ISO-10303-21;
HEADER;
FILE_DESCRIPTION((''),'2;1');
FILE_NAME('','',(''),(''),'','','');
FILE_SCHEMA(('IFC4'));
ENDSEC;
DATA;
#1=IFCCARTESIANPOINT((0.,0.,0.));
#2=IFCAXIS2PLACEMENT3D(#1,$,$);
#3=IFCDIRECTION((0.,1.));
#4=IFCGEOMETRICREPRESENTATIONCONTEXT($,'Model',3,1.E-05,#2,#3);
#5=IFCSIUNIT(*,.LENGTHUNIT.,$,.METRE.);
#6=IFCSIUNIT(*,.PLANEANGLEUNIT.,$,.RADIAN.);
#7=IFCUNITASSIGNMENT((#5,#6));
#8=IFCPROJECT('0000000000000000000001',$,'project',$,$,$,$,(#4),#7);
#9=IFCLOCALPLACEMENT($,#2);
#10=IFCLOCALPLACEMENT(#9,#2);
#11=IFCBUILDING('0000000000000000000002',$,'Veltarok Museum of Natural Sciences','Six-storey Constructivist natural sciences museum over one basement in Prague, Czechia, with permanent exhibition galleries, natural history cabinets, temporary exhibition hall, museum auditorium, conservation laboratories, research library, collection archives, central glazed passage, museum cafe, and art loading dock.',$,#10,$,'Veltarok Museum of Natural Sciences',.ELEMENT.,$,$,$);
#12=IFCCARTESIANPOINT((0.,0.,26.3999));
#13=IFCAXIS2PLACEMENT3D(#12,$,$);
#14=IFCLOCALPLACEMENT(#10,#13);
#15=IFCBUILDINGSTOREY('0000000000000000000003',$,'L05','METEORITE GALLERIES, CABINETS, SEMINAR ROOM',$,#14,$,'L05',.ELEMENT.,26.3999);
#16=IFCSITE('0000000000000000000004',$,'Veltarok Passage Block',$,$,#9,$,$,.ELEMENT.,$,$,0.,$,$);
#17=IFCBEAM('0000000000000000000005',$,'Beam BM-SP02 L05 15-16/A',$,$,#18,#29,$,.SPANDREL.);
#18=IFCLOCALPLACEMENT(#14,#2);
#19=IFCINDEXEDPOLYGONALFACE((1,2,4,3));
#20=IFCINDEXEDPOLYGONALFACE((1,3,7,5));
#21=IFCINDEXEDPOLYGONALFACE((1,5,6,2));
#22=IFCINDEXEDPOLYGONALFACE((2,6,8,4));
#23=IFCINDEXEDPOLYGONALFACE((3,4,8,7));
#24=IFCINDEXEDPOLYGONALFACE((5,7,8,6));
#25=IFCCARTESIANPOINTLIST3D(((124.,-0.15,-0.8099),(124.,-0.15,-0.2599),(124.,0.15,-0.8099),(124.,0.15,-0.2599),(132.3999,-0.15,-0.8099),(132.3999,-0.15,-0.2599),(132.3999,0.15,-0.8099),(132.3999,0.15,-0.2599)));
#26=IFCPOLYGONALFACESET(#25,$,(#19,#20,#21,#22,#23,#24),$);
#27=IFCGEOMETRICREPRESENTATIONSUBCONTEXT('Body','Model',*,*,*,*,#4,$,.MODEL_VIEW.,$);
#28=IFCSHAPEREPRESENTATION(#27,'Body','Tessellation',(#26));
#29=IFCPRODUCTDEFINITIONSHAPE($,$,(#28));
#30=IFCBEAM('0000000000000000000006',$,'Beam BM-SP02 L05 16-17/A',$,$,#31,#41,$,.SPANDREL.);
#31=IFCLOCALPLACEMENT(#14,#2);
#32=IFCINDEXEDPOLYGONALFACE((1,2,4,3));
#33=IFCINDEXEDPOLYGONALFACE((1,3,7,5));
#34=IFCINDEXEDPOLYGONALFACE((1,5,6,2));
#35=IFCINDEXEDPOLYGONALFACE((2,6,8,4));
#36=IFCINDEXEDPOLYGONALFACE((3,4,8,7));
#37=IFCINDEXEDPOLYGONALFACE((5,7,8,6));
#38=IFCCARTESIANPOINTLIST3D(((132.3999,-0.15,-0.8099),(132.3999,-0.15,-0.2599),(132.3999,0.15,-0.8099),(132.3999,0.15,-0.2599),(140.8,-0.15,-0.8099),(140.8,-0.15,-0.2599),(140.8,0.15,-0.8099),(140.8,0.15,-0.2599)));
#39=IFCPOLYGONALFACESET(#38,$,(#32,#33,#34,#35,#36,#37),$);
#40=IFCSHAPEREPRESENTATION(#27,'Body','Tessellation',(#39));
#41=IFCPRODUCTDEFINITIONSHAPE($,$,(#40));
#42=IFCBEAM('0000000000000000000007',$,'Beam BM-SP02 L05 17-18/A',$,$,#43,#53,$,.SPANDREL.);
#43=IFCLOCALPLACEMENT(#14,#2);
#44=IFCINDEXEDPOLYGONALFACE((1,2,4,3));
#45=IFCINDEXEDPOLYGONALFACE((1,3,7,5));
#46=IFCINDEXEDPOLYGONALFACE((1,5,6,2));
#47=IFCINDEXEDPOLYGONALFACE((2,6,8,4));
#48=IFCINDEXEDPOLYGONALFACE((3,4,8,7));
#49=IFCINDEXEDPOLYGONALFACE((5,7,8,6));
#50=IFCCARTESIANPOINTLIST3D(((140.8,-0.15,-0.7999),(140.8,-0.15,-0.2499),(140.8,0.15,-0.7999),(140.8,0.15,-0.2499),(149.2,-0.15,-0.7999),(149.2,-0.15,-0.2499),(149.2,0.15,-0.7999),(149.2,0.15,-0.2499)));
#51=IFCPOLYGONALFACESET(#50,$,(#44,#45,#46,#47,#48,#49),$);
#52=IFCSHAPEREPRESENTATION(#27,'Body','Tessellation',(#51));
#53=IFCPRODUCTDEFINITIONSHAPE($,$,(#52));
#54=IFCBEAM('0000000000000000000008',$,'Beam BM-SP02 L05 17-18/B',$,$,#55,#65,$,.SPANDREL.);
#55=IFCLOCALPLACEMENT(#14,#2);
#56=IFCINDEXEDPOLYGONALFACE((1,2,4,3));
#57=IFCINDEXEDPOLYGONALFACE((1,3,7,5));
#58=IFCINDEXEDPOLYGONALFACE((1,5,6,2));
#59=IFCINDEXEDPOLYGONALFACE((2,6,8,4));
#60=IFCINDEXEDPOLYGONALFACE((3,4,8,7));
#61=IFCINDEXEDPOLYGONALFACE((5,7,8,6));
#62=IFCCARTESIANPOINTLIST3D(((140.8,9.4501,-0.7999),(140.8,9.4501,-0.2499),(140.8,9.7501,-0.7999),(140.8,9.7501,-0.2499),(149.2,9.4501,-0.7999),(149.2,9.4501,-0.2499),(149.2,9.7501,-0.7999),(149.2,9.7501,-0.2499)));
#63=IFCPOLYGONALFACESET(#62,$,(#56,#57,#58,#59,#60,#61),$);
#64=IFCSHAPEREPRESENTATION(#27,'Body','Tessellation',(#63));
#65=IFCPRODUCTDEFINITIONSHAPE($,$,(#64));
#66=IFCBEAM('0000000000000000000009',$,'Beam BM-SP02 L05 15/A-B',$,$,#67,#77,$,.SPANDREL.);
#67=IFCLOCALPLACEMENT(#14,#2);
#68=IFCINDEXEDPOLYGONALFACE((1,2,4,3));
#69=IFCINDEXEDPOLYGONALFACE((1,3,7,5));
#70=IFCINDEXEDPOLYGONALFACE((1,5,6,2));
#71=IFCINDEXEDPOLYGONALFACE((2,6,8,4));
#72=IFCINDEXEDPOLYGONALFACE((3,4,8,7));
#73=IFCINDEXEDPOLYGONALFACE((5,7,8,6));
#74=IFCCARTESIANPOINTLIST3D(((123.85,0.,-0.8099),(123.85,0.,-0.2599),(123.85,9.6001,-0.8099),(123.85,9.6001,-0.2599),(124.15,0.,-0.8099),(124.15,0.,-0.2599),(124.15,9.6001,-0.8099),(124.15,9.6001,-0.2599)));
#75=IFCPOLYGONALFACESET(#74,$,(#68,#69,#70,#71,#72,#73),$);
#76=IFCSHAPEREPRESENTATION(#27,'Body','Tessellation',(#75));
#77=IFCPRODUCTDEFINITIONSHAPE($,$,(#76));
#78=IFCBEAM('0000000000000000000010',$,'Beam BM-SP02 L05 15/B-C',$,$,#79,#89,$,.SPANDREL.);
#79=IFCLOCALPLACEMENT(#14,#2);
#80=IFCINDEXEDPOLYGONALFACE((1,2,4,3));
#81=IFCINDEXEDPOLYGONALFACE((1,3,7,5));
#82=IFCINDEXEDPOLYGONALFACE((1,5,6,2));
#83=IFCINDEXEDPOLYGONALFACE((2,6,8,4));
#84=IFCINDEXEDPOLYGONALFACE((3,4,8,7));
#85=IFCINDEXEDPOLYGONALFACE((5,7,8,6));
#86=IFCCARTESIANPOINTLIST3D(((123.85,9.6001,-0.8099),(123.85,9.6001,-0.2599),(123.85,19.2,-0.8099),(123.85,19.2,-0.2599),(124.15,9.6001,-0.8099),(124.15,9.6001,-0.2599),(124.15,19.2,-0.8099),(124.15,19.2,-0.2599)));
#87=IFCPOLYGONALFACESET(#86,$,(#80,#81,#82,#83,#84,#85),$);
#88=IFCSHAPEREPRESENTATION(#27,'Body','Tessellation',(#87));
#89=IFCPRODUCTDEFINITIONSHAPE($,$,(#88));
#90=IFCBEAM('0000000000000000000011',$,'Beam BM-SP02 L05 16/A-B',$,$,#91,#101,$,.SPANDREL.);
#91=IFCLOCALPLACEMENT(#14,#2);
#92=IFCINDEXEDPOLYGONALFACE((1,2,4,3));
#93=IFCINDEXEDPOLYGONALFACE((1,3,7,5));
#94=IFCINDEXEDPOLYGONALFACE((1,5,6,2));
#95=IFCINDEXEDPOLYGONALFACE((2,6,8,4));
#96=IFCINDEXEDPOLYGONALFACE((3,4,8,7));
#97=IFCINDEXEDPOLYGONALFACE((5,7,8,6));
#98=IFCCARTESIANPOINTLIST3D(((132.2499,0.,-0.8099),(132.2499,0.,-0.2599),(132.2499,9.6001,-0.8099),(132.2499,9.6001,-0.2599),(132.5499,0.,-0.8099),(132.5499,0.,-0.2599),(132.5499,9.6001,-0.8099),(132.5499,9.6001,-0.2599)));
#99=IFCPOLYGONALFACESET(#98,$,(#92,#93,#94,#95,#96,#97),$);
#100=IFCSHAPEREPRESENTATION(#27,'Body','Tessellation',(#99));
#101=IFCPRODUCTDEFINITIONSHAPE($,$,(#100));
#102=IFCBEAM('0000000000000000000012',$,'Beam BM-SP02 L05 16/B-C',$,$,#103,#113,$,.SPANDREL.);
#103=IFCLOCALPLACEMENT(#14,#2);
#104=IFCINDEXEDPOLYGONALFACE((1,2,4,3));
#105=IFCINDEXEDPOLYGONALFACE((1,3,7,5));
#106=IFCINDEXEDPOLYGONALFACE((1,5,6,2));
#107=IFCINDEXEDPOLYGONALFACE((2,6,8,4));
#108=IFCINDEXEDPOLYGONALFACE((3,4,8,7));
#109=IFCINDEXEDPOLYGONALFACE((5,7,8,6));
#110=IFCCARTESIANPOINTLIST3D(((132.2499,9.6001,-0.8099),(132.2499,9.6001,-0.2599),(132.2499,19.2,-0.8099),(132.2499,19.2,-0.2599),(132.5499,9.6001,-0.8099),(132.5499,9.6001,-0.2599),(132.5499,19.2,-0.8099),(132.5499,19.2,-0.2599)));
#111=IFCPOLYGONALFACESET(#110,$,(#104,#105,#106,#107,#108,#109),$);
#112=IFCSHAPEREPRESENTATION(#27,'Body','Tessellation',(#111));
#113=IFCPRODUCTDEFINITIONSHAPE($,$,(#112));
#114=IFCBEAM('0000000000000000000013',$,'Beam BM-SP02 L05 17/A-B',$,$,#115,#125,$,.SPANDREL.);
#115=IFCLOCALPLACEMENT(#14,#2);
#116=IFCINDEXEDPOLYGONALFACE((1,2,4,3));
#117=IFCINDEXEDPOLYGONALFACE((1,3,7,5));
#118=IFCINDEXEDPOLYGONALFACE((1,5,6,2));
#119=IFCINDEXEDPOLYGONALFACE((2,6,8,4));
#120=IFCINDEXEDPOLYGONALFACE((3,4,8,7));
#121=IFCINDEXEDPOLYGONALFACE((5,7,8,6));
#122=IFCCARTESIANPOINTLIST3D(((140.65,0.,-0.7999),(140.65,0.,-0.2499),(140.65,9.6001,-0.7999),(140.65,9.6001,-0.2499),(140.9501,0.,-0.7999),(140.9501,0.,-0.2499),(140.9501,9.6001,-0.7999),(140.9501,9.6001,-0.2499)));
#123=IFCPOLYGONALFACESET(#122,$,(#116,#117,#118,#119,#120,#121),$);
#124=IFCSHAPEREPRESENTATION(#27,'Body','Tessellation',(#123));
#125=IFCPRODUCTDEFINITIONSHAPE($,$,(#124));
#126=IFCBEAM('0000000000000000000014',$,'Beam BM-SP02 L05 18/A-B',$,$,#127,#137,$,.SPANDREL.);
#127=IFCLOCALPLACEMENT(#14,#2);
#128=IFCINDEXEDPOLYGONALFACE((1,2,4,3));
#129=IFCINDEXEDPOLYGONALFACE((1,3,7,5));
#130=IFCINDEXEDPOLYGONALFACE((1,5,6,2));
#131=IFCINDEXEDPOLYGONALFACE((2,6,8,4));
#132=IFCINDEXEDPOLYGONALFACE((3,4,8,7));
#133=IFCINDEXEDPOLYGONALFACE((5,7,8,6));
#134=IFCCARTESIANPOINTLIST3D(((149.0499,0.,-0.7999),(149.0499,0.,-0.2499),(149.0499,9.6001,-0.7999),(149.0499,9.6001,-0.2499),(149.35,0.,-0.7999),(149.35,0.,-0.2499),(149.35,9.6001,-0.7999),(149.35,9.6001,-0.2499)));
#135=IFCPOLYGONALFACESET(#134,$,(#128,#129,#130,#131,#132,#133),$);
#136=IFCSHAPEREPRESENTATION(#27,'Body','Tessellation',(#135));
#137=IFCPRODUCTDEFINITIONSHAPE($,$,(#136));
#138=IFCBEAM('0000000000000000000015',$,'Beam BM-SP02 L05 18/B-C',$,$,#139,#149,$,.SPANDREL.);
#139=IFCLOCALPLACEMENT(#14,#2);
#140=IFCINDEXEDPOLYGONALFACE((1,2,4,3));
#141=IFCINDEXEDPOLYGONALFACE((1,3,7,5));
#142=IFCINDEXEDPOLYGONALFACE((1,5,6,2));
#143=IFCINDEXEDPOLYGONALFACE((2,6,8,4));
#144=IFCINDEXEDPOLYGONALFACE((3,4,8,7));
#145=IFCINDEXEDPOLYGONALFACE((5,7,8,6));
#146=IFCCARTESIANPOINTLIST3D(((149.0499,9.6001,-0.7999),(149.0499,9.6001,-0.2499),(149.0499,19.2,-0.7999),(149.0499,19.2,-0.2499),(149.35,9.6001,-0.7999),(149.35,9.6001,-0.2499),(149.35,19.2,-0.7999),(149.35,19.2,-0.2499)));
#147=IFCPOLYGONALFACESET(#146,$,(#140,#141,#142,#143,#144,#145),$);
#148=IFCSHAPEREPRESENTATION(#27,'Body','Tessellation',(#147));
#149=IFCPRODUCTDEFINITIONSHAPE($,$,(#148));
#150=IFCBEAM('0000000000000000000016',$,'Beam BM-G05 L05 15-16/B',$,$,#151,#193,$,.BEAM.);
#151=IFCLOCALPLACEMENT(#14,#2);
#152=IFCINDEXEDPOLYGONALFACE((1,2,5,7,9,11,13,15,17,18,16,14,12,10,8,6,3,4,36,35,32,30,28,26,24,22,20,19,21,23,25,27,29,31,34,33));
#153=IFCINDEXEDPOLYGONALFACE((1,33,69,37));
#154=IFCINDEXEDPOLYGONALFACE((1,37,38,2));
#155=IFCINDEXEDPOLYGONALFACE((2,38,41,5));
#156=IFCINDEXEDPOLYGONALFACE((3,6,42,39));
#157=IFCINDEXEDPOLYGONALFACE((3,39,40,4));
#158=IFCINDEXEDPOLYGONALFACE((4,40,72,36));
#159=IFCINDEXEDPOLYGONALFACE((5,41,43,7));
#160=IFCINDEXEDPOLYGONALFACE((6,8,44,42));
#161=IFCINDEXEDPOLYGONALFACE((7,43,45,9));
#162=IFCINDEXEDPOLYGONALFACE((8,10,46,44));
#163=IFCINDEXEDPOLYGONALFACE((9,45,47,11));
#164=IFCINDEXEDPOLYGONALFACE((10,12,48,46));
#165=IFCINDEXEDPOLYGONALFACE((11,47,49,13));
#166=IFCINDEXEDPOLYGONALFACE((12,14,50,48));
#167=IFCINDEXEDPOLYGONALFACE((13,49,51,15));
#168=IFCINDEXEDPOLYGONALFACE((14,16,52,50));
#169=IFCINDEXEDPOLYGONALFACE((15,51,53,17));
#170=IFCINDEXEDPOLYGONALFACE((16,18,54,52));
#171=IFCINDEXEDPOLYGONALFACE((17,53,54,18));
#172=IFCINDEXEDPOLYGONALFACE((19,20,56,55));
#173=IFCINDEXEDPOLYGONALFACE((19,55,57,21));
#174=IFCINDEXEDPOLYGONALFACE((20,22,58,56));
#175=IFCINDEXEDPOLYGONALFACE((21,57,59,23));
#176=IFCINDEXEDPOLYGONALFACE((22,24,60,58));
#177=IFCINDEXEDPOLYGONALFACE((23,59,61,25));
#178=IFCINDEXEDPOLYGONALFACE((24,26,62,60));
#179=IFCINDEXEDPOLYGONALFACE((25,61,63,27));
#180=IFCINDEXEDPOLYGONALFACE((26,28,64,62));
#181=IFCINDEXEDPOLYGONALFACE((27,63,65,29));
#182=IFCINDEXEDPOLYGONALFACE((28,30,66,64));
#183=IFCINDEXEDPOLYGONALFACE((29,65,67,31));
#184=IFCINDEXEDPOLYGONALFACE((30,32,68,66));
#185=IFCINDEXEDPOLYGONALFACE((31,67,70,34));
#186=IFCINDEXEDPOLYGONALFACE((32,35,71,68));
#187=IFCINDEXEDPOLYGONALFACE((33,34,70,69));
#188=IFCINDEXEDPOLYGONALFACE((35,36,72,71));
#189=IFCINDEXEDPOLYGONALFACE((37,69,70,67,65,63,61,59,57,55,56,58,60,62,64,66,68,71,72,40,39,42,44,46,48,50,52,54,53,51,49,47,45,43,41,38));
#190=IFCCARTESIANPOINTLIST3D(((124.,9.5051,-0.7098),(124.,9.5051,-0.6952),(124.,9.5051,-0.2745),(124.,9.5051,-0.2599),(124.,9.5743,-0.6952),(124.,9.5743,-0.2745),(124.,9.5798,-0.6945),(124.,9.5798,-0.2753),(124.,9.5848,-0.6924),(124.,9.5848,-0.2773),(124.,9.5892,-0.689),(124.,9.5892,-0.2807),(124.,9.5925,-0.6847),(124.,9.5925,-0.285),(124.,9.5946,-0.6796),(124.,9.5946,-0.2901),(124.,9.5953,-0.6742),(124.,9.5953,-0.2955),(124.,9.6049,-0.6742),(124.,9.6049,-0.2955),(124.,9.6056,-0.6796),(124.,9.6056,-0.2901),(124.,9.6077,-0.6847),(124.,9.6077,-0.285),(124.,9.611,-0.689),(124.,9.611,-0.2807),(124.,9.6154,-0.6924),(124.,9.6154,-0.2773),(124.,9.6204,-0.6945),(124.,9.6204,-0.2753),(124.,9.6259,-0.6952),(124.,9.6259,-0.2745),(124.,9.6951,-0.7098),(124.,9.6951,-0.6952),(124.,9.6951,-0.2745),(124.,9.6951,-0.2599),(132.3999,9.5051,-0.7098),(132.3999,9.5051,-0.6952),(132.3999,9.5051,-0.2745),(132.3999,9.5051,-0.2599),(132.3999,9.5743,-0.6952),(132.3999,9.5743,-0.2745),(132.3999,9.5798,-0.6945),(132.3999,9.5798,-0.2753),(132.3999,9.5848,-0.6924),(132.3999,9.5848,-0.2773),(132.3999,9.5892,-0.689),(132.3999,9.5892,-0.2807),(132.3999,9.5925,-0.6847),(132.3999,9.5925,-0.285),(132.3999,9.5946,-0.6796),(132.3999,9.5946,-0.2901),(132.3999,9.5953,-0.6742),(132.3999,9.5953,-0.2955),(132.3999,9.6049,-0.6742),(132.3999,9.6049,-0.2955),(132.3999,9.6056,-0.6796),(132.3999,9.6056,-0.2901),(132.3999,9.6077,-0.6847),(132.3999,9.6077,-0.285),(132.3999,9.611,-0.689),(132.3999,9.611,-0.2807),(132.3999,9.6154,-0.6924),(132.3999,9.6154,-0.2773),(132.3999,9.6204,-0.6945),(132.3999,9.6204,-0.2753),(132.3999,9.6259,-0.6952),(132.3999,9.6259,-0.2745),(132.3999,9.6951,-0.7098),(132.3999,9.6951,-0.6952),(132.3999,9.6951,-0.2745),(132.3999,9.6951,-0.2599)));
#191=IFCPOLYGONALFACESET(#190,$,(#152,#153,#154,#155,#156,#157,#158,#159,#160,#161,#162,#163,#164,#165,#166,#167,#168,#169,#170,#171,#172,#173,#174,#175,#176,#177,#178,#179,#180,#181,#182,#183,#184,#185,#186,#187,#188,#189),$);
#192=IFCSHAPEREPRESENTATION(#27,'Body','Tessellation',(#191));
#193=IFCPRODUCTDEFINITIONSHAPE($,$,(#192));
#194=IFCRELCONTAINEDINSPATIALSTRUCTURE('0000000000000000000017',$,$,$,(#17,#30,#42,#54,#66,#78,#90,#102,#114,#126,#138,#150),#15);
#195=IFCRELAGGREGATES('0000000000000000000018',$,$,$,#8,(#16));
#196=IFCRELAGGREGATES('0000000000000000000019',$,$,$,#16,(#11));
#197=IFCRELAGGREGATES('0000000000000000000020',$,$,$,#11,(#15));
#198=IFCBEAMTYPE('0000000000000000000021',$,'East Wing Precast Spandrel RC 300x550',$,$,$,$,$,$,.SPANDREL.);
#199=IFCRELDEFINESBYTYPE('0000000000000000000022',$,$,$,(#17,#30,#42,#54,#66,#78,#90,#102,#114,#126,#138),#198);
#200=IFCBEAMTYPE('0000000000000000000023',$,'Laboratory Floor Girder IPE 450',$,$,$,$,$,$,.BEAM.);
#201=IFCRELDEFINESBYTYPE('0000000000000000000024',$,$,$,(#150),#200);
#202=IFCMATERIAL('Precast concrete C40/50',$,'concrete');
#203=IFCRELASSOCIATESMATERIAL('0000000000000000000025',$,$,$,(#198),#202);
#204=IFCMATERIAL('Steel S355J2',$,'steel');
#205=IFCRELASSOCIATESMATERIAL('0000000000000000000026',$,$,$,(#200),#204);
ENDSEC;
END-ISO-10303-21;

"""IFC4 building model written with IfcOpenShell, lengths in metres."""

from ifc_helpers import new_model, si_unit, direction, frame, origin, origin_2d, place, context, subcontext, project, spatial, rectangle, i_section, extrude, material, material_profile, profile_set, type_object, element, save


model = new_model("IFC4")

# Units and contexts
model_context = context("Model", 3, precision=1e-05, world=origin(), true_north=direction((0.0, 1.0)))
body_context = subcontext(model_context, "Body", "Model", "MODEL_VIEW")
ifc_project = project(units=[si_unit("LENGTHUNIT", "METRE"), si_unit("PLANEANGLEUNIT", "RADIAN")], contexts=[model_context])

# Site, building, storey
site_placement = place(None, origin())
site = spatial("IfcSite", under=ifc_project, at=site_placement, Name="Veltarok Passage Block", CompositionType="ELEMENT", RefElevation=0.0)
building_placement = place(site_placement, origin())
building = spatial("IfcBuilding", under=site, at=building_placement, Name="Veltarok Museum of Natural Sciences", Description="Six-storey Constructivist natural sciences museum over one basement in Prague, Czechia, with permanent exhibition galleries, natural history cabinets, temporary exhibition hall, museum auditorium, conservation laboratories, research library, collection archives, central glazed passage, museum cafe, and art loading dock.", LongName="Veltarok Museum of Natural Sciences", CompositionType="ELEMENT")
storey_placement = place(building_placement, frame((0.0, 0.0, 26.3999)))
storey = spatial("IfcBuildingStorey", under=building, at=storey_placement, Name="L05", Description="METEORITE GALLERIES, CABINETS, SEMINAR ROOM", LongName="L05", CompositionType="ELEMENT", Elevation=26.3999)

# Beams
ifc_material_1 = material(Name="Precast concrete C40/50", Category="concrete")
ifc_material_profile_1 = material_profile(ifc_material_1, rectangle(XDim=0.3, YDim=0.55, at=origin_2d()), Name="RC 300x550")
ifc_profile_set_1 = profile_set([ifc_material_profile_1], Name="Precast concrete C40/50")
beam_type_1 = type_object("IfcBeamType", Name="East Wing Precast Spandrel RC 300x550", PredefinedType="SPANDREL", material=ifc_profile_set_1)
beam_1_placement = place(storey_placement, frame((124.0, 0.0, -0.5349), z_axis=(1.0, 0.0, 0.0), x_axis=(0.0, 1.0, 0.0)))
element("IfcBeam", 1, at=beam_1_placement, inside=storey, type_object=beam_type_1, Name="Beam BM-SP02 L05 15-16/A", PredefinedType="SPANDREL", context=body_context, shape_type="SweptSolid", body=[
    extrude(rectangle(XDim=0.3, YDim=0.55, at=origin_2d()), origin(), (0.0, 0.0, 1.0), 8.3999),
])
beam_2_placement = place(storey_placement, frame((132.3999, 0.0, -0.5349), z_axis=(1.0, 0.0, 0.0), x_axis=(0.0, 1.0, 0.0)))
element("IfcBeam", 2, at=beam_2_placement, inside=storey, type_object=beam_type_1, Name="Beam BM-SP02 L05 16-17/A", PredefinedType="SPANDREL", context=body_context, shape_type="SweptSolid", body=[
    extrude(rectangle(XDim=0.3, YDim=0.55, at=origin_2d()), origin(), (0.0, 0.0, 1.0), 8.4001),
])
for number, where, z_axis, x_axis, name in (
    (3, (140.8, 0.0, -0.5249), (1.0, 0.0, 0.0), (0.0, 1.0, 0.0), "Beam BM-SP02 L05 17-18/A"),
    (4, (140.8, 9.6001, -0.5249), (1.0, 0.0, 0.0), (0.0, 1.0, 0.0), "Beam BM-SP02 L05 17-18/B"),
):
    element("IfcBeam", number, at=place(storey_placement, frame(where, z_axis=z_axis, x_axis=x_axis)), inside=storey, type_object=beam_type_1, Name=name, PredefinedType="SPANDREL", context=body_context, shape_type="SweptSolid", body=[
        extrude(rectangle(XDim=0.3, YDim=0.55, at=origin_2d()), origin(), (0.0, 0.0, 1.0), 8.3999),
    ])
beam_3_placement = place(storey_placement, frame((124.0, 0.0, -0.5349), z_axis=(0.0, 1.0, 0.0), x_axis=(-1.0, 0.0, 0.0)))
element("IfcBeam", 5, at=beam_3_placement, inside=storey, type_object=beam_type_1, Name="Beam BM-SP02 L05 15/A-B", PredefinedType="SPANDREL", context=body_context, shape_type="SweptSolid", body=[
    extrude(rectangle(XDim=0.3, YDim=0.55, at=origin_2d()), origin(), (0.0, 0.0, 1.0), 9.6001),
])
beam_4_placement = place(storey_placement, frame((124.0, 9.6001, -0.5349), z_axis=(0.0, 1.0, 0.0), x_axis=(-1.0, 0.0, 0.0)))
element("IfcBeam", 6, at=beam_4_placement, inside=storey, type_object=beam_type_1, Name="Beam BM-SP02 L05 15/B-C", PredefinedType="SPANDREL", context=body_context, shape_type="SweptSolid", body=[
    extrude(rectangle(XDim=0.3, YDim=0.55, at=origin_2d()), origin(), (0.0, 0.0, 1.0), 9.5999),
])
beam_5_placement = place(storey_placement, frame((132.3999, 0.0, -0.5349), z_axis=(0.0, 1.0, 0.0), x_axis=(-1.0, 0.0, 0.0)))
element("IfcBeam", 7, at=beam_5_placement, inside=storey, type_object=beam_type_1, Name="Beam BM-SP02 L05 16/A-B", PredefinedType="SPANDREL", context=body_context, shape_type="SweptSolid", body=[
    extrude(rectangle(XDim=0.3, YDim=0.55, at=origin_2d()), origin(), (0.0, 0.0, 1.0), 9.6001),
])
beam_6_placement = place(storey_placement, frame((132.3999, 9.6001, -0.5349), z_axis=(0.0, 1.0, 0.0), x_axis=(-1.0, 0.0, 0.0)))
element("IfcBeam", 8, at=beam_6_placement, inside=storey, type_object=beam_type_1, Name="Beam BM-SP02 L05 16/B-C", PredefinedType="SPANDREL", context=body_context, shape_type="SweptSolid", body=[
    extrude(rectangle(XDim=0.3, YDim=0.55, at=origin_2d()), origin(), (0.0, 0.0, 1.0), 9.5999),
])
for number, where, z_axis, x_axis, name in (
    (9, (140.8, 0.0, -0.5249), (0.0, 1.0, 0.0), (-1.0, 0.0, 0.0), "Beam BM-SP02 L05 17/A-B"),
    (10, (149.2, 0.0, -0.5249), (0.0, 1.0, 0.0), (-1.0, 0.0, 0.0), "Beam BM-SP02 L05 18/A-B"),
):
    element("IfcBeam", number, at=place(storey_placement, frame(where, z_axis=z_axis, x_axis=x_axis)), inside=storey, type_object=beam_type_1, Name=name, PredefinedType="SPANDREL", context=body_context, shape_type="SweptSolid", body=[
        extrude(rectangle(XDim=0.3, YDim=0.55, at=origin_2d()), origin(), (0.0, 0.0, 1.0), 9.6001),
    ])
beam_7_placement = place(storey_placement, frame((149.2, 9.6001, -0.5249), z_axis=(0.0, 1.0, 0.0), x_axis=(-1.0, 0.0, 0.0)))
element("IfcBeam", 11, at=beam_7_placement, inside=storey, type_object=beam_type_1, Name="Beam BM-SP02 L05 18/B-C", PredefinedType="SPANDREL", context=body_context, shape_type="SweptSolid", body=[
    extrude(rectangle(XDim=0.3, YDim=0.55, at=origin_2d()), origin(), (0.0, 0.0, 1.0), 9.5999),
])
ifc_material_2 = material(Name="Steel S355J2", Category="steel")
ifc_material_profile_2 = material_profile(ifc_material_2, i_section(OverallWidth=0.1899, OverallDepth=0.45, WebThickness=0.0095, FlangeThickness=0.0146, FilletRadius=0.021, at=origin_2d()), Name="IPE 450")
ifc_profile_set_2 = profile_set([ifc_material_profile_2], Name="Steel S355J2")
beam_type_2 = type_object("IfcBeamType", Name="Laboratory Floor Girder IPE 450", PredefinedType="BEAM", material=ifc_profile_set_2)
beam_8_placement = place(storey_placement, frame((124.0, 9.6001, -0.4849), z_axis=(1.0, 0.0, 0.0), x_axis=(0.0, 1.0, 0.0)))
element("IfcBeam", 12, at=beam_8_placement, inside=storey, type_object=beam_type_2, Name="Beam BM-G05 L05 15-16/B", PredefinedType="BEAM", context=body_context, shape_type="SweptSolid", body=[
    extrude(i_section(OverallWidth=0.1899, OverallDepth=0.45, WebThickness=0.0095, FlangeThickness=0.0146, FilletRadius=0.021, at=origin_2d()), origin(), (0.0, 0.0, 1.0), 8.3999),
])

save(model, "model.ifc")
